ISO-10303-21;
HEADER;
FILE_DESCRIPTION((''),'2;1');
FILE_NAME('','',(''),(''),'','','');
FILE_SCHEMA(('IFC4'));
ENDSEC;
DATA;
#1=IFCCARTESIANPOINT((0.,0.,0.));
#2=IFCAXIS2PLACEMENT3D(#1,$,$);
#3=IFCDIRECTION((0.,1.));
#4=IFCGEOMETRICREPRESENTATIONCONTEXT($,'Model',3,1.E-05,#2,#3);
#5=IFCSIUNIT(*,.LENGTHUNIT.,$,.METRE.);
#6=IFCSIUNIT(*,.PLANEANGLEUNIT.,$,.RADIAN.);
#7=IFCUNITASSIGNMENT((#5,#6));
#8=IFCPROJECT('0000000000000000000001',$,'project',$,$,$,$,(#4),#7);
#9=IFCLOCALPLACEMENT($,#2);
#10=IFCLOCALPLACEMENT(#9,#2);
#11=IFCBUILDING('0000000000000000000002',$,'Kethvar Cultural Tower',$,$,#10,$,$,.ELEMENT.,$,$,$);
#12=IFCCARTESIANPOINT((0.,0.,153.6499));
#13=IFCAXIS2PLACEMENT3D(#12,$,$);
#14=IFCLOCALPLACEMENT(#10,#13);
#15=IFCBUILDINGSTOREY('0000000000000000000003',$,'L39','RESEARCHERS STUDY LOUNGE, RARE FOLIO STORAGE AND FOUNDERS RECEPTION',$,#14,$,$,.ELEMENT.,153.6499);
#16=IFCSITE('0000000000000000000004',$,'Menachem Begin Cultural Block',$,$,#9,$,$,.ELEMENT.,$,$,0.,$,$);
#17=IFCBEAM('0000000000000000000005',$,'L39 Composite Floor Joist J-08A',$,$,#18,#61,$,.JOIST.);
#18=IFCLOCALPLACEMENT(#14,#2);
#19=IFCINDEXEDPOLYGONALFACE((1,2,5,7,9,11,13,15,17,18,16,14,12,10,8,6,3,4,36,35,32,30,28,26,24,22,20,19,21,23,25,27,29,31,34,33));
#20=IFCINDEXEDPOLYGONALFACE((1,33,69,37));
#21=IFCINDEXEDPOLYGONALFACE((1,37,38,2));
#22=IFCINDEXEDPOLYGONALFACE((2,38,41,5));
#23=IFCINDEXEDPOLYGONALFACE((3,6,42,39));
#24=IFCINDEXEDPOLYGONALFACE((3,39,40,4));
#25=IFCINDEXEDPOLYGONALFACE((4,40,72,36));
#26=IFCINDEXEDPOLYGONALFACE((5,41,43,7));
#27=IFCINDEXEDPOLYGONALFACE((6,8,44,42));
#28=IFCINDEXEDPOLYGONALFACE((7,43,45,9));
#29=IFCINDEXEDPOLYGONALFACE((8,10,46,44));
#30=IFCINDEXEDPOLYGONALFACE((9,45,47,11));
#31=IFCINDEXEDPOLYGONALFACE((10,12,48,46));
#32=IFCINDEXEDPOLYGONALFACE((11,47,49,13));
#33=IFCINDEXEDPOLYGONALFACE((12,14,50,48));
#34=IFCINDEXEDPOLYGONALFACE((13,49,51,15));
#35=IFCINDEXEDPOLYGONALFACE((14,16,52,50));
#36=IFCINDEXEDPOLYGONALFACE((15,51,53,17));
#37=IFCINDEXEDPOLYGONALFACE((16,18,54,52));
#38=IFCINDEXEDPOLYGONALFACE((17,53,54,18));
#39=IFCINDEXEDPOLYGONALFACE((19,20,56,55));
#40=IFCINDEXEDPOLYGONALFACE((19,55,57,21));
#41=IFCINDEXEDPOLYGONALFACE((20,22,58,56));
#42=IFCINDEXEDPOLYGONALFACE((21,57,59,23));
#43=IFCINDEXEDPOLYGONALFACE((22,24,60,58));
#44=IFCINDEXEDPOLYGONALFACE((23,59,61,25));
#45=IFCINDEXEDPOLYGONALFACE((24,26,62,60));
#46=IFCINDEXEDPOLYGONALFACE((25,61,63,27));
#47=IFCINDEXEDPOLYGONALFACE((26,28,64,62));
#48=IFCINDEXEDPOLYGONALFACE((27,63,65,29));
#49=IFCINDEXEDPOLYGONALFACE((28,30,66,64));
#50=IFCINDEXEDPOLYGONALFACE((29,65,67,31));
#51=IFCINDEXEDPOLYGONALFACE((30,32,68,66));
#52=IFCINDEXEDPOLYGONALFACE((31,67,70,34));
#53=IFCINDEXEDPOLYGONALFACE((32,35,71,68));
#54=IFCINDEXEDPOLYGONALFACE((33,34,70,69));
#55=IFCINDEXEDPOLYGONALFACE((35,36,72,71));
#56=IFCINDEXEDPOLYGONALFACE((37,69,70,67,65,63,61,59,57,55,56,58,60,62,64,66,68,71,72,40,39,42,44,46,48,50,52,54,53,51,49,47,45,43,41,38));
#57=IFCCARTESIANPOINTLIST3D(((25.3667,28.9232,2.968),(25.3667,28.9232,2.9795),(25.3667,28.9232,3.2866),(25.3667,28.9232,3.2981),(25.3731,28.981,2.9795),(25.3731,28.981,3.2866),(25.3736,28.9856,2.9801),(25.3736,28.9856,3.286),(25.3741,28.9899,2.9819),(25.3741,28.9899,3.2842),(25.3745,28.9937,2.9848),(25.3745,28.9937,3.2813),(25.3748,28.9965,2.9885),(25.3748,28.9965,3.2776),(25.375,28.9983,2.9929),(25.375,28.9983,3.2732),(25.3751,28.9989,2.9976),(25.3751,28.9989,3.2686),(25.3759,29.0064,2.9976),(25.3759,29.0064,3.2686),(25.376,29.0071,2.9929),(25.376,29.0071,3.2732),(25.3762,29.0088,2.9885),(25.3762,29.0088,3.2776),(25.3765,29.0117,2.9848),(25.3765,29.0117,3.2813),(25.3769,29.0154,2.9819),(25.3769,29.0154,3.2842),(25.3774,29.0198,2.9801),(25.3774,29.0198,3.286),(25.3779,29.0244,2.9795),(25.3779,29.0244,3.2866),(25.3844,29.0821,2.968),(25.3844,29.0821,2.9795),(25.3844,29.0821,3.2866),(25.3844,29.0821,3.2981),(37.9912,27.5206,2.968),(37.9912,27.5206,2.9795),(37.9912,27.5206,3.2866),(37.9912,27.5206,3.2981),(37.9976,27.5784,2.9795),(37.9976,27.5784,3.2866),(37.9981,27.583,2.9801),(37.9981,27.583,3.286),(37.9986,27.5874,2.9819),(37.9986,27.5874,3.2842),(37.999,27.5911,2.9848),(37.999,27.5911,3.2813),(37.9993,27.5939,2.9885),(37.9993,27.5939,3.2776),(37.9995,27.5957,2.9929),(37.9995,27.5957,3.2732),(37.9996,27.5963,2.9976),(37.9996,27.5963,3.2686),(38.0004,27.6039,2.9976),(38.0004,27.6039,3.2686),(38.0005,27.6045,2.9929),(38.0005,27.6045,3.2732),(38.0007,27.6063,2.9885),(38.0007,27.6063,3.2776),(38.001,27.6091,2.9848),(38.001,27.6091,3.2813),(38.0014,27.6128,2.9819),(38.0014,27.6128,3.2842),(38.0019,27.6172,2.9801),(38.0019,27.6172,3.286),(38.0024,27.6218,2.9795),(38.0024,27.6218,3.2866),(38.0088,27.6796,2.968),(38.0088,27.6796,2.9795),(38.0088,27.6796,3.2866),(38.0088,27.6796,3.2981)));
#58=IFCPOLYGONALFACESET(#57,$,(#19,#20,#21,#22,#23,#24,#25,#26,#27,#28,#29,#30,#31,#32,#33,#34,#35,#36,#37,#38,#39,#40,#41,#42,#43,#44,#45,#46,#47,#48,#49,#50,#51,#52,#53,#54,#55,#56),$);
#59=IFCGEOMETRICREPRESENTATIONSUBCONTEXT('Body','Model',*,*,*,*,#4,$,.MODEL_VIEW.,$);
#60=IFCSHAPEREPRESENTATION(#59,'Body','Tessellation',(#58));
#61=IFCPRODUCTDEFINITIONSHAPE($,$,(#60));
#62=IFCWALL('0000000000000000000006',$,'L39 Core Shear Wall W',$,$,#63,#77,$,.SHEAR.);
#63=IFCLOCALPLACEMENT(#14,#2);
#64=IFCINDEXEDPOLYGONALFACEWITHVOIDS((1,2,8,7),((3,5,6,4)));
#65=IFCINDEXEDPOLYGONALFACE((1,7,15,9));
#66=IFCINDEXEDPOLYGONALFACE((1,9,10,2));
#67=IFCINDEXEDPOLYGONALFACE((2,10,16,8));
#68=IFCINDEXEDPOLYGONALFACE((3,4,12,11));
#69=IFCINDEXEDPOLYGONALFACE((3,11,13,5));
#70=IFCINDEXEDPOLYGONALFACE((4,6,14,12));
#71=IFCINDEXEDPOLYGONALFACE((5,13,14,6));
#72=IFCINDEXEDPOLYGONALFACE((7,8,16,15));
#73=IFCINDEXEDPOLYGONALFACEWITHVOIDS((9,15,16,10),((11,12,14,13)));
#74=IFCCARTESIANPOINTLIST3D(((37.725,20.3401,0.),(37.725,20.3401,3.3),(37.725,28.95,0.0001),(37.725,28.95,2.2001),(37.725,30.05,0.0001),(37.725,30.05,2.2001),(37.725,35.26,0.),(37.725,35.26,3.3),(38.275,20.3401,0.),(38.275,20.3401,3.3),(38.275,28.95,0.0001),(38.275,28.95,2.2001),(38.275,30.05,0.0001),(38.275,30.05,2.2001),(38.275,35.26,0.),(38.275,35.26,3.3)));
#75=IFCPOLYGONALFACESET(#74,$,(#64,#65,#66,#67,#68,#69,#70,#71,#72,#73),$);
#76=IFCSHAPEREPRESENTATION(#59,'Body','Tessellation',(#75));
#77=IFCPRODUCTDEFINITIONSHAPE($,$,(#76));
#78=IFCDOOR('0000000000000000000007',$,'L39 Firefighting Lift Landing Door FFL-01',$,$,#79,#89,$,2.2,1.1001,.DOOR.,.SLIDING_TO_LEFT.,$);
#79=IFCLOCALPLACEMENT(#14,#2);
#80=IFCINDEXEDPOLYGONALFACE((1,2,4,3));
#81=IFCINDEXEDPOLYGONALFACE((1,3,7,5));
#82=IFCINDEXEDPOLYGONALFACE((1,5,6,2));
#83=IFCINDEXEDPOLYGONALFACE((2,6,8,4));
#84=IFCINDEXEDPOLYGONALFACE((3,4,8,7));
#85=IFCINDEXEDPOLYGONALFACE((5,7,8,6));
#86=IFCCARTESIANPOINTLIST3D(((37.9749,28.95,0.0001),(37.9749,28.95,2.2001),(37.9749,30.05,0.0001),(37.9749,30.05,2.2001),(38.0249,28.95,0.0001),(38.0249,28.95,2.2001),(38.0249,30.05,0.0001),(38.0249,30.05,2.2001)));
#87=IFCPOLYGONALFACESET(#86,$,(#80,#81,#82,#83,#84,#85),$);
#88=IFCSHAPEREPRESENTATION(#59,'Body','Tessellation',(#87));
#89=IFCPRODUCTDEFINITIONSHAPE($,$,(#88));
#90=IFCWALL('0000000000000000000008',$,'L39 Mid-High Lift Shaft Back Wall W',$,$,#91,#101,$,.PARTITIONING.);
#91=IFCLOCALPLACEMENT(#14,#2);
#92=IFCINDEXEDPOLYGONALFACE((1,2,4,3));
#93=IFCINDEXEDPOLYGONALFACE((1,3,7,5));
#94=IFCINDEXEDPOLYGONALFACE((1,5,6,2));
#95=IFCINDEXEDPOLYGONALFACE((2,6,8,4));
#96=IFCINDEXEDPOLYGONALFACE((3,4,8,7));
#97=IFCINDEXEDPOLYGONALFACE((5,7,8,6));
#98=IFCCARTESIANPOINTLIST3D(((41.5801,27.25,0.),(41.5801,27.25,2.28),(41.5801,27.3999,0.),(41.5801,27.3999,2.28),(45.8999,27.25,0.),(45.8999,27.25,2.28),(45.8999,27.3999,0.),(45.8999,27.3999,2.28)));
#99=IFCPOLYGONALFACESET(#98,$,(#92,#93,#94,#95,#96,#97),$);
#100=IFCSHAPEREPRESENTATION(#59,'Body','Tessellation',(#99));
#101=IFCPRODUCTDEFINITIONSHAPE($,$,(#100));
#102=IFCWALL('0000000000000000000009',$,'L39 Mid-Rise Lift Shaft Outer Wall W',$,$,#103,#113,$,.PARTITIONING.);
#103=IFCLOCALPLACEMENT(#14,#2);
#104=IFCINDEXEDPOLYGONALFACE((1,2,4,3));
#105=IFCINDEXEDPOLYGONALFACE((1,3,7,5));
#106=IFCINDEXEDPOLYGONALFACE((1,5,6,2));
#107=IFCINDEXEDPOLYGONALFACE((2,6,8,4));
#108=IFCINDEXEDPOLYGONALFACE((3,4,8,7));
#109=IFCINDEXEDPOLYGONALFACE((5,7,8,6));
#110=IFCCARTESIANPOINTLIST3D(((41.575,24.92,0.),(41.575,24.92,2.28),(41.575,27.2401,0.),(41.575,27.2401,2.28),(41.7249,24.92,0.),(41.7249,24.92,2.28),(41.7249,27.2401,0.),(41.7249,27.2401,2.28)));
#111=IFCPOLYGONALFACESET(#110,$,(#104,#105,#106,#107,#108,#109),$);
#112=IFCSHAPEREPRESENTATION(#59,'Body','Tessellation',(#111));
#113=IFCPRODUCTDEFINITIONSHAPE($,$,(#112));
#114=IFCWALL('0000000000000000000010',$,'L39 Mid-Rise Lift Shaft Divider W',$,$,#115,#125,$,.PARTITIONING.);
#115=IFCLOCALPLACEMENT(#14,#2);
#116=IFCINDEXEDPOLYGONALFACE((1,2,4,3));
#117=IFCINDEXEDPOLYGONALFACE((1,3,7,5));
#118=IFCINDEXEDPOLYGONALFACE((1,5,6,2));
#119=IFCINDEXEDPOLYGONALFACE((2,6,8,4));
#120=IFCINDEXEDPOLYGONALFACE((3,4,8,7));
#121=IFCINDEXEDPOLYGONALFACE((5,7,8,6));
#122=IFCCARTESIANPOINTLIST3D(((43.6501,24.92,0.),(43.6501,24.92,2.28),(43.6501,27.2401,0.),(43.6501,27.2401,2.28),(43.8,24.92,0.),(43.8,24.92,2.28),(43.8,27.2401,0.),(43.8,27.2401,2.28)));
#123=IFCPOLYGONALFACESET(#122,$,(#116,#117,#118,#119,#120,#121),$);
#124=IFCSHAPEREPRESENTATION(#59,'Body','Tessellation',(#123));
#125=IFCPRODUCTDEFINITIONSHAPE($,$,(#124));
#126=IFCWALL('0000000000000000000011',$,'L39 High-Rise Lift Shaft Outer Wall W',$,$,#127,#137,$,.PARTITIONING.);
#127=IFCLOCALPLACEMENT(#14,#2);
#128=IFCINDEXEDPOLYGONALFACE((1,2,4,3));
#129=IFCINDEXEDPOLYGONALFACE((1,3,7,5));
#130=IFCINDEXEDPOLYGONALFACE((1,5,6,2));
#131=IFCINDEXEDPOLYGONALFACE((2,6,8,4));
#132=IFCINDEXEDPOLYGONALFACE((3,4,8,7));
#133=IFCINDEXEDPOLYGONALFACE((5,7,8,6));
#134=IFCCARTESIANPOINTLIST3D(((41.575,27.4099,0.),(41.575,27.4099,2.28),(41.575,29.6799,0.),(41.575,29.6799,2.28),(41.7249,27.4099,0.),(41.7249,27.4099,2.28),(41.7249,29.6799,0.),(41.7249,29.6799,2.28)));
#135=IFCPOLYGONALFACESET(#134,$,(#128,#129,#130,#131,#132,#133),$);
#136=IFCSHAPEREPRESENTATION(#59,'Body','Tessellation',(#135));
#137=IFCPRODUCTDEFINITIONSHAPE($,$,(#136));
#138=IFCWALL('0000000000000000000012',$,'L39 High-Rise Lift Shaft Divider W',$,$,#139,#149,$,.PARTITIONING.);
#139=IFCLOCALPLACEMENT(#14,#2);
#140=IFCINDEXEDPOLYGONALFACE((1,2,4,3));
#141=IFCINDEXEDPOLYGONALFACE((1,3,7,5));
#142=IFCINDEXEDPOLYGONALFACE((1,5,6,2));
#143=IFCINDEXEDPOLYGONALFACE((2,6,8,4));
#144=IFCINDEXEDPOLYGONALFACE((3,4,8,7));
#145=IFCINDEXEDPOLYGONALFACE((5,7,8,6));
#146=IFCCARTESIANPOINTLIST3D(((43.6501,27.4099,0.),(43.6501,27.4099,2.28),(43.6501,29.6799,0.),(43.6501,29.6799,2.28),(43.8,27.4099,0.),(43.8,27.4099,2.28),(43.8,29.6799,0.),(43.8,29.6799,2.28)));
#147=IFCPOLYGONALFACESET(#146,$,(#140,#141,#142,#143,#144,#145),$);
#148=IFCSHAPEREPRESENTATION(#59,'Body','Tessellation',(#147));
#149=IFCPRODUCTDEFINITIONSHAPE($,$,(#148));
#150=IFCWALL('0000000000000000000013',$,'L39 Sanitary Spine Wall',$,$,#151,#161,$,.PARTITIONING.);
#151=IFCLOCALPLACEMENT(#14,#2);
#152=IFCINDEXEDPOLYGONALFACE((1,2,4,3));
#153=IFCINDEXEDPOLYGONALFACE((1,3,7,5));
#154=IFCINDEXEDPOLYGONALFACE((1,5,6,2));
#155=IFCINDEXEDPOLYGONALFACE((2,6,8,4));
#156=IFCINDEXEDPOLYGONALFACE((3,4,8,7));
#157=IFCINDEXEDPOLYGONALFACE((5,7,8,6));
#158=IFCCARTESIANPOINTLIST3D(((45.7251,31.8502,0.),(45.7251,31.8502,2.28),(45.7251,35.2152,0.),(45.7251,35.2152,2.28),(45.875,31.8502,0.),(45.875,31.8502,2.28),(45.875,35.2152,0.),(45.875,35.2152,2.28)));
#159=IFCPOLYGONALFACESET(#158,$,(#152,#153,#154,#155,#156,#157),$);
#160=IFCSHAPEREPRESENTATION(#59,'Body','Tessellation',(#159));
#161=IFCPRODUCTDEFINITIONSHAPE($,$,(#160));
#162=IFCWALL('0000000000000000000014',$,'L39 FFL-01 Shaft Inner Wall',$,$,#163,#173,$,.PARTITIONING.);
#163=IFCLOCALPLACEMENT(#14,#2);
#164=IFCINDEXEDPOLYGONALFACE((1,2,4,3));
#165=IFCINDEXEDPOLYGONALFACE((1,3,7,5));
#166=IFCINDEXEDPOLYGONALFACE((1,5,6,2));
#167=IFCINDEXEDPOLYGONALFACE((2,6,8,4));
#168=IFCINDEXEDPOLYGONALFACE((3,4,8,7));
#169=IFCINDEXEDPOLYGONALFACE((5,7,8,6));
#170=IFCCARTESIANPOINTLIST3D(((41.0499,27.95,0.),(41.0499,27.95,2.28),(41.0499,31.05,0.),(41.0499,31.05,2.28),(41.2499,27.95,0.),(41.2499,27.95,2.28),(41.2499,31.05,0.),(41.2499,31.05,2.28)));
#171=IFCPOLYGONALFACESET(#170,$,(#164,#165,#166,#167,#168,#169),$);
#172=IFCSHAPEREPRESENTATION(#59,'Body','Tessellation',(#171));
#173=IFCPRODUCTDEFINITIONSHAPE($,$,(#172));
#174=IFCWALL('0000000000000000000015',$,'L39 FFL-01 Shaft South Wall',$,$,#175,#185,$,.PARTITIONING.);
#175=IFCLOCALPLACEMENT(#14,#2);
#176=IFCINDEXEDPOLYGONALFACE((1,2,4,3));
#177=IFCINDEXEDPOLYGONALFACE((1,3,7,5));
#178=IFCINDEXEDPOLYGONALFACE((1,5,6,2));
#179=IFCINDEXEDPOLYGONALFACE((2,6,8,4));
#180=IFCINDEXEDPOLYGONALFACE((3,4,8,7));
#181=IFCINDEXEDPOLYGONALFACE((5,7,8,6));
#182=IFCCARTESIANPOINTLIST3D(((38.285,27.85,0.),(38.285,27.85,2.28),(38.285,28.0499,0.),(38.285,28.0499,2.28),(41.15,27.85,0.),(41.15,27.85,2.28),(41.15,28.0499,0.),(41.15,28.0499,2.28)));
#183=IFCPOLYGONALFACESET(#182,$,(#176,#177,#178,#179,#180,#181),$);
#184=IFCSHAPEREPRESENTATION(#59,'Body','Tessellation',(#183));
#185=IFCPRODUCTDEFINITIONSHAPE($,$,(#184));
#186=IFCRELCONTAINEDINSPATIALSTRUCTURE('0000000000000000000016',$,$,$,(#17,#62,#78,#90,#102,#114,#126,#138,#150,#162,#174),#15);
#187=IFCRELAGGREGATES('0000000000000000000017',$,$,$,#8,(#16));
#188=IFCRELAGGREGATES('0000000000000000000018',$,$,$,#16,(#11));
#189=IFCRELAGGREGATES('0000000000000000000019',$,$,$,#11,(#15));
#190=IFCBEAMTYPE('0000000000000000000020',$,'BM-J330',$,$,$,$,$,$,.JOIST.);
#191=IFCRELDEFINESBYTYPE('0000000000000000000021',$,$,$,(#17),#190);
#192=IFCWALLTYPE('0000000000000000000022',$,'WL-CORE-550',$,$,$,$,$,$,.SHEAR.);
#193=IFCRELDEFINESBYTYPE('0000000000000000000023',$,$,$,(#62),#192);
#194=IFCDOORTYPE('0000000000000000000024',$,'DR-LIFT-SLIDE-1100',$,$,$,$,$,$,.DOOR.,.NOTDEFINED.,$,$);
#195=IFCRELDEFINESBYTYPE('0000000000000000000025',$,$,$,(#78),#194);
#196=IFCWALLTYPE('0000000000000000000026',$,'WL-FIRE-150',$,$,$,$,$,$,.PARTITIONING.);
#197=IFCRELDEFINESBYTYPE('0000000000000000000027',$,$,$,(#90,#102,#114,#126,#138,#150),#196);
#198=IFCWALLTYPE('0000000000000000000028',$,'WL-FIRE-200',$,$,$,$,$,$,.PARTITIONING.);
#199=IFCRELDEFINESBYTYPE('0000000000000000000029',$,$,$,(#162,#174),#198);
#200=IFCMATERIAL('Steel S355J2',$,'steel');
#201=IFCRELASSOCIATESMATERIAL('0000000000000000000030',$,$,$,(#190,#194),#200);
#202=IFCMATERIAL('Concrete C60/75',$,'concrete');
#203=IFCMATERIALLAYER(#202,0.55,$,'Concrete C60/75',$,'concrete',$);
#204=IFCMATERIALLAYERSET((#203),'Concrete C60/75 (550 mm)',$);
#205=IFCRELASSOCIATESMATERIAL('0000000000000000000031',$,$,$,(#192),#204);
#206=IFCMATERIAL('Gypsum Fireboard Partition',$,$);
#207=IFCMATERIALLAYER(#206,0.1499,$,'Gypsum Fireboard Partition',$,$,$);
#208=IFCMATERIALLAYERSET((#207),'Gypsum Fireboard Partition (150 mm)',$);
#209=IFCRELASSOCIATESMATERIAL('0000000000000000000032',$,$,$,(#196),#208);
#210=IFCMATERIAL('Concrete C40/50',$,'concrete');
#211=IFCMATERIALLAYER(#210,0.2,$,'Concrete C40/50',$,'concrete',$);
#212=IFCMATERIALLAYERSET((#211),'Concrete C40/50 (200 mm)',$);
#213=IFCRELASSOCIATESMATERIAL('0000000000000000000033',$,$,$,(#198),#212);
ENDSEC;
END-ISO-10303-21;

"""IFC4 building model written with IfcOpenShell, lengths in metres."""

from ifc_helpers import new_model, si_unit, direction, frame, frame_2d, origin, origin_2d, place, context, subcontext, project, spatial, rectangle, i_section, extrude, source, transform, mapped, material, layer, layer_set, material_profile, profile_set, type_object, element, fill, save


model = new_model("IFC4")

# Units and contexts
model_context = context("Model", 3, precision=1e-05, world=origin(), true_north=direction((0.0, 1.0)))
body_context = subcontext(model_context, "Body", "Model", "MODEL_VIEW")
ifc_project = project(units=[si_unit("LENGTHUNIT", "METRE"), si_unit("PLANEANGLEUNIT", "RADIAN")], contexts=[model_context])

# Site, building, storey
site_placement = place(None, origin())
site = spatial("IfcSite", under=ifc_project, at=site_placement, Name="Menachem Begin Cultural Block", CompositionType="ELEMENT", RefElevation=0.0)
building_placement = place(site_placement, origin())
building = spatial("IfcBuilding", under=site, at=building_placement, Name="Kethvar Cultural Tower", CompositionType="ELEMENT")
storey_placement = place(building_placement, frame((0.0, 0.0, 153.6499)))
storey = spatial("IfcBuildingStorey", under=building, at=storey_placement, Name="L39", Description="RESEARCHERS STUDY LOUNGE, RARE FOLIO STORAGE AND FOUNDERS RECEPTION", CompositionType="ELEMENT", Elevation=153.6499)

# Beam
ifc_material_1 = material(Name="Steel S355J2", Category="steel")
ifc_material_profile_1 = material_profile(ifc_material_1, i_section(OverallWidth=0.1599, OverallDepth=0.3301, WebThickness=0.0076, FlangeThickness=0.0115, FilletRadius=0.0181, at=origin_2d()), Name="Steel S355J2 — IPE330")
ifc_profile_set_1 = profile_set([ifc_material_profile_1], Name="Steel S355J2 — IPE330")
beam_type_1 = type_object("IfcBeamType", Name="BM-J330", PredefinedType="JOIST", material=ifc_profile_set_1)
shared_shape_1 = source(origin(), body_context, "Body", "SweptSolid", [
    extrude(i_section(OverallWidth=0.1599, OverallDepth=0.3301, WebThickness=0.0076, FlangeThickness=0.0115, FilletRadius=0.0181, at=origin_2d()), origin(), (0.0, 0.0, 1.0), 12.7021),
])
beam_1_placement = place(storey_placement, frame((38.0, 27.6001, 3.1331), z_axis=(-0.993885, 0.110421, 0.0), x_axis=(-0.110421, -0.993885, 0.0)))
element("IfcBeam", 1, at=beam_1_placement, inside=storey, type_object=beam_type_1, Name="L39 Composite Floor Joist J-08A", PredefinedType="JOIST", context=body_context, shape_type="MappedRepresentation", body=[
    mapped(shared_shape_1, transform((0.0, 0.0, 0.0), scale=1.0)),
])

# Wall, opening, door
ifc_material_2 = material(Name="Concrete C60/75", Category="concrete")
ifc_layer_1 = layer(ifc_material_2, 0.55, Name="Concrete C60/75", Category="concrete")
ifc_layer_set_1 = layer_set([ifc_layer_1], Name="Concrete C60/75 (550 mm)")
wall_type_1 = type_object("IfcWallType", Name="WL-CORE-550", PredefinedType="SHEAR", material=ifc_layer_set_1)
wall_1_placement = place(storey_placement, frame((38.0, 35.26, 0.0), z_axis=(0.0, 0.0, 1.0), x_axis=(0.0, -1.0, 0.0)))
wall_1 = element("IfcWall", 2, at=wall_1_placement, inside=storey, type_object=wall_type_1, Name="L39 Core Shear Wall W", PredefinedType="SHEAR", context=body_context, shape_type="SweptSolid", body=[
    extrude(rectangle(XDim=14.9199, YDim=0.55, at=frame_2d((7.46, 0.0))), origin(), (0.0, 0.0, 1.0), 3.3),
])
opening_1_placement = place(wall_1_placement, frame((5.21, 0.0, 0.0)))
opening_1 = element("IfcOpeningElement", 3, at=opening_1_placement, cuts=wall_1, PredefinedType="OPENING", context=body_context, shape_type="SweptSolid", body=[
    extrude(rectangle(XDim=1.1001, YDim=2.2, at=frame_2d((0.55, 1.1001))), frame((0.0, 0.2849, 0.0), z_axis=(0.0, -1.0, 0.0), x_axis=(1.0, 0.0, 0.0)), (0.0, 0.0, 1.0), 0.5701),
])
door_type = type_object("IfcDoorType", Name="DR-LIFT-SLIDE-1100", OperationType="NOTDEFINED", PredefinedType="DOOR", material=ifc_material_1)
shared_shape_2 = source(origin(), body_context, "Body", "SweptSolid", [
    extrude(rectangle(XDim=1.1001, YDim=2.2, at=frame_2d((0.55, 1.1001))), frame((0.0, 0.0249, 0.0), z_axis=(0.0, -1.0, 0.0), x_axis=(1.0, 0.0, 0.0)), (0.0, 0.0, 1.0), 0.05),
])
door_1_placement = place(opening_1_placement, origin())
door_1 = element("IfcDoor", 4, at=door_1_placement, inside=storey, type_object=door_type, Name="L39 Firefighting Lift Landing Door FFL-01", OperationType="SLIDING_TO_LEFT", OverallHeight=2.2, OverallWidth=1.1001, PredefinedType="DOOR", context=body_context, shape_type="MappedRepresentation", body=[
    mapped(shared_shape_2, transform((0.0, 0.0, 0.0), scale=1.0)),
])
fill(opening_1, door_1)

# Walls
ifc_material_3 = material(Name="Gypsum Fireboard Partition")
ifc_layer_2 = layer(ifc_material_3, 0.1499, Name="Gypsum Fireboard Partition")
ifc_layer_set_2 = layer_set([ifc_layer_2], Name="Gypsum Fireboard Partition (150 mm)")
wall_type_2 = type_object("IfcWallType", Name="WL-FIRE-150", PredefinedType="PARTITIONING", material=ifc_layer_set_2)
wall_2_placement = place(storey_placement, frame((41.5801, 27.325, 0.0), z_axis=(0.0, 0.0, 1.0), x_axis=(1.0, 0.0, 0.0)))
element("IfcWall", 5, at=wall_2_placement, inside=storey, type_object=wall_type_2, Name="L39 Mid-High Lift Shaft Back Wall W", PredefinedType="PARTITIONING", context=body_context, shape_type="SweptSolid", body=[
    extrude(rectangle(XDim=4.3198, YDim=0.1499, at=frame_2d((2.1599, 0.0))), origin(), (0.0, 0.0, 1.0), 2.28),
])
for number, where, z_axis, x_axis, name in (
    (6, (41.6499, 24.9199, 0.0), (0.0, 0.0, 1.0), (0.0, 1.0, 0.0), "L39 Mid-Rise Lift Shaft Outer Wall W"),
    (7, (43.7251, 24.9199, 0.0), (0.0, 0.0, 1.0), (0.0, 1.0, 0.0), "L39 Mid-Rise Lift Shaft Divider W"),
):
    element("IfcWall", number, at=place(storey_placement, frame(where, z_axis=z_axis, x_axis=x_axis)), inside=storey, type_object=wall_type_2, Name=name, PredefinedType="PARTITIONING", context=body_context, shape_type="SweptSolid", body=[
        extrude(rectangle(XDim=2.3201, YDim=0.1499, at=frame_2d((1.1602, 0.0))), origin(), (0.0, 0.0, 1.0), 2.28),
    ])
for number, where, z_axis, x_axis, name in (
    (8, (41.6499, 27.4099, 0.0), (0.0, 0.0, 1.0), (0.0, 1.0, 0.0), "L39 High-Rise Lift Shaft Outer Wall W"),
    (9, (43.7251, 27.4099, 0.0), (0.0, 0.0, 1.0), (0.0, 1.0, 0.0), "L39 High-Rise Lift Shaft Divider W"),
):
    element("IfcWall", number, at=place(storey_placement, frame(where, z_axis=z_axis, x_axis=x_axis)), inside=storey, type_object=wall_type_2, Name=name, PredefinedType="PARTITIONING", context=body_context, shape_type="SweptSolid", body=[
        extrude(rectangle(XDim=2.27, YDim=0.1499, at=frame_2d((1.135, 0.0))), origin(), (0.0, 0.0, 1.0), 2.28),
    ])
wall_3_placement = place(storey_placement, frame((45.8, 31.8501, 0.0), z_axis=(0.0, 0.0, 1.0), x_axis=(0.0, 1.0, 0.0)))
element("IfcWall", 10, at=wall_3_placement, inside=storey, type_object=wall_type_2, Name="L39 Sanitary Spine Wall", PredefinedType="PARTITIONING", context=body_context, shape_type="SweptSolid", body=[
    extrude(rectangle(XDim=3.365, YDim=0.1499, at=frame_2d((1.6826, 0.0))), origin(), (0.0, 0.0, 1.0), 2.28),
])
ifc_material_4 = material(Name="Concrete C40/50", Category="concrete")
ifc_layer_3 = layer(ifc_material_4, 0.2, Name="Concrete C40/50", Category="concrete")
ifc_layer_set_3 = layer_set([ifc_layer_3], Name="Concrete C40/50 (200 mm)")
wall_type_3 = type_object("IfcWallType", Name="WL-FIRE-200", PredefinedType="PARTITIONING", material=ifc_layer_set_3)
wall_4_placement = place(storey_placement, frame((41.1499, 27.95, 0.0), z_axis=(0.0, 0.0, 1.0), x_axis=(0.0, 1.0, 0.0)))
element("IfcWall", 11, at=wall_4_placement, inside=storey, type_object=wall_type_3, Name="L39 FFL-01 Shaft Inner Wall", PredefinedType="PARTITIONING", context=body_context, shape_type="SweptSolid", body=[
    extrude(rectangle(XDim=3.1001, YDim=0.2, at=frame_2d((1.55, 0.0))), origin(), (0.0, 0.0, 1.0), 2.28),
])
for number, where, z_axis, x_axis, name in (
    (12, (38.2849, 27.95, 0.0), (0.0, 0.0, 1.0), (1.0, 0.0, 0.0), "L39 FFL-01 Shaft South Wall"),
):
    element("IfcWall", number, at=place(storey_placement, frame(where, z_axis=z_axis, x_axis=x_axis)), inside=storey, type_object=wall_type_3, Name=name, PredefinedType="PARTITIONING", context=body_context, shape_type="SweptSolid", body=[
        extrude(rectangle(XDim=2.865, YDim=0.2, at=frame_2d((1.4326, 0.0))), origin(), (0.0, 0.0, 1.0), 2.28),
    ])

save(model, "model.ifc")
